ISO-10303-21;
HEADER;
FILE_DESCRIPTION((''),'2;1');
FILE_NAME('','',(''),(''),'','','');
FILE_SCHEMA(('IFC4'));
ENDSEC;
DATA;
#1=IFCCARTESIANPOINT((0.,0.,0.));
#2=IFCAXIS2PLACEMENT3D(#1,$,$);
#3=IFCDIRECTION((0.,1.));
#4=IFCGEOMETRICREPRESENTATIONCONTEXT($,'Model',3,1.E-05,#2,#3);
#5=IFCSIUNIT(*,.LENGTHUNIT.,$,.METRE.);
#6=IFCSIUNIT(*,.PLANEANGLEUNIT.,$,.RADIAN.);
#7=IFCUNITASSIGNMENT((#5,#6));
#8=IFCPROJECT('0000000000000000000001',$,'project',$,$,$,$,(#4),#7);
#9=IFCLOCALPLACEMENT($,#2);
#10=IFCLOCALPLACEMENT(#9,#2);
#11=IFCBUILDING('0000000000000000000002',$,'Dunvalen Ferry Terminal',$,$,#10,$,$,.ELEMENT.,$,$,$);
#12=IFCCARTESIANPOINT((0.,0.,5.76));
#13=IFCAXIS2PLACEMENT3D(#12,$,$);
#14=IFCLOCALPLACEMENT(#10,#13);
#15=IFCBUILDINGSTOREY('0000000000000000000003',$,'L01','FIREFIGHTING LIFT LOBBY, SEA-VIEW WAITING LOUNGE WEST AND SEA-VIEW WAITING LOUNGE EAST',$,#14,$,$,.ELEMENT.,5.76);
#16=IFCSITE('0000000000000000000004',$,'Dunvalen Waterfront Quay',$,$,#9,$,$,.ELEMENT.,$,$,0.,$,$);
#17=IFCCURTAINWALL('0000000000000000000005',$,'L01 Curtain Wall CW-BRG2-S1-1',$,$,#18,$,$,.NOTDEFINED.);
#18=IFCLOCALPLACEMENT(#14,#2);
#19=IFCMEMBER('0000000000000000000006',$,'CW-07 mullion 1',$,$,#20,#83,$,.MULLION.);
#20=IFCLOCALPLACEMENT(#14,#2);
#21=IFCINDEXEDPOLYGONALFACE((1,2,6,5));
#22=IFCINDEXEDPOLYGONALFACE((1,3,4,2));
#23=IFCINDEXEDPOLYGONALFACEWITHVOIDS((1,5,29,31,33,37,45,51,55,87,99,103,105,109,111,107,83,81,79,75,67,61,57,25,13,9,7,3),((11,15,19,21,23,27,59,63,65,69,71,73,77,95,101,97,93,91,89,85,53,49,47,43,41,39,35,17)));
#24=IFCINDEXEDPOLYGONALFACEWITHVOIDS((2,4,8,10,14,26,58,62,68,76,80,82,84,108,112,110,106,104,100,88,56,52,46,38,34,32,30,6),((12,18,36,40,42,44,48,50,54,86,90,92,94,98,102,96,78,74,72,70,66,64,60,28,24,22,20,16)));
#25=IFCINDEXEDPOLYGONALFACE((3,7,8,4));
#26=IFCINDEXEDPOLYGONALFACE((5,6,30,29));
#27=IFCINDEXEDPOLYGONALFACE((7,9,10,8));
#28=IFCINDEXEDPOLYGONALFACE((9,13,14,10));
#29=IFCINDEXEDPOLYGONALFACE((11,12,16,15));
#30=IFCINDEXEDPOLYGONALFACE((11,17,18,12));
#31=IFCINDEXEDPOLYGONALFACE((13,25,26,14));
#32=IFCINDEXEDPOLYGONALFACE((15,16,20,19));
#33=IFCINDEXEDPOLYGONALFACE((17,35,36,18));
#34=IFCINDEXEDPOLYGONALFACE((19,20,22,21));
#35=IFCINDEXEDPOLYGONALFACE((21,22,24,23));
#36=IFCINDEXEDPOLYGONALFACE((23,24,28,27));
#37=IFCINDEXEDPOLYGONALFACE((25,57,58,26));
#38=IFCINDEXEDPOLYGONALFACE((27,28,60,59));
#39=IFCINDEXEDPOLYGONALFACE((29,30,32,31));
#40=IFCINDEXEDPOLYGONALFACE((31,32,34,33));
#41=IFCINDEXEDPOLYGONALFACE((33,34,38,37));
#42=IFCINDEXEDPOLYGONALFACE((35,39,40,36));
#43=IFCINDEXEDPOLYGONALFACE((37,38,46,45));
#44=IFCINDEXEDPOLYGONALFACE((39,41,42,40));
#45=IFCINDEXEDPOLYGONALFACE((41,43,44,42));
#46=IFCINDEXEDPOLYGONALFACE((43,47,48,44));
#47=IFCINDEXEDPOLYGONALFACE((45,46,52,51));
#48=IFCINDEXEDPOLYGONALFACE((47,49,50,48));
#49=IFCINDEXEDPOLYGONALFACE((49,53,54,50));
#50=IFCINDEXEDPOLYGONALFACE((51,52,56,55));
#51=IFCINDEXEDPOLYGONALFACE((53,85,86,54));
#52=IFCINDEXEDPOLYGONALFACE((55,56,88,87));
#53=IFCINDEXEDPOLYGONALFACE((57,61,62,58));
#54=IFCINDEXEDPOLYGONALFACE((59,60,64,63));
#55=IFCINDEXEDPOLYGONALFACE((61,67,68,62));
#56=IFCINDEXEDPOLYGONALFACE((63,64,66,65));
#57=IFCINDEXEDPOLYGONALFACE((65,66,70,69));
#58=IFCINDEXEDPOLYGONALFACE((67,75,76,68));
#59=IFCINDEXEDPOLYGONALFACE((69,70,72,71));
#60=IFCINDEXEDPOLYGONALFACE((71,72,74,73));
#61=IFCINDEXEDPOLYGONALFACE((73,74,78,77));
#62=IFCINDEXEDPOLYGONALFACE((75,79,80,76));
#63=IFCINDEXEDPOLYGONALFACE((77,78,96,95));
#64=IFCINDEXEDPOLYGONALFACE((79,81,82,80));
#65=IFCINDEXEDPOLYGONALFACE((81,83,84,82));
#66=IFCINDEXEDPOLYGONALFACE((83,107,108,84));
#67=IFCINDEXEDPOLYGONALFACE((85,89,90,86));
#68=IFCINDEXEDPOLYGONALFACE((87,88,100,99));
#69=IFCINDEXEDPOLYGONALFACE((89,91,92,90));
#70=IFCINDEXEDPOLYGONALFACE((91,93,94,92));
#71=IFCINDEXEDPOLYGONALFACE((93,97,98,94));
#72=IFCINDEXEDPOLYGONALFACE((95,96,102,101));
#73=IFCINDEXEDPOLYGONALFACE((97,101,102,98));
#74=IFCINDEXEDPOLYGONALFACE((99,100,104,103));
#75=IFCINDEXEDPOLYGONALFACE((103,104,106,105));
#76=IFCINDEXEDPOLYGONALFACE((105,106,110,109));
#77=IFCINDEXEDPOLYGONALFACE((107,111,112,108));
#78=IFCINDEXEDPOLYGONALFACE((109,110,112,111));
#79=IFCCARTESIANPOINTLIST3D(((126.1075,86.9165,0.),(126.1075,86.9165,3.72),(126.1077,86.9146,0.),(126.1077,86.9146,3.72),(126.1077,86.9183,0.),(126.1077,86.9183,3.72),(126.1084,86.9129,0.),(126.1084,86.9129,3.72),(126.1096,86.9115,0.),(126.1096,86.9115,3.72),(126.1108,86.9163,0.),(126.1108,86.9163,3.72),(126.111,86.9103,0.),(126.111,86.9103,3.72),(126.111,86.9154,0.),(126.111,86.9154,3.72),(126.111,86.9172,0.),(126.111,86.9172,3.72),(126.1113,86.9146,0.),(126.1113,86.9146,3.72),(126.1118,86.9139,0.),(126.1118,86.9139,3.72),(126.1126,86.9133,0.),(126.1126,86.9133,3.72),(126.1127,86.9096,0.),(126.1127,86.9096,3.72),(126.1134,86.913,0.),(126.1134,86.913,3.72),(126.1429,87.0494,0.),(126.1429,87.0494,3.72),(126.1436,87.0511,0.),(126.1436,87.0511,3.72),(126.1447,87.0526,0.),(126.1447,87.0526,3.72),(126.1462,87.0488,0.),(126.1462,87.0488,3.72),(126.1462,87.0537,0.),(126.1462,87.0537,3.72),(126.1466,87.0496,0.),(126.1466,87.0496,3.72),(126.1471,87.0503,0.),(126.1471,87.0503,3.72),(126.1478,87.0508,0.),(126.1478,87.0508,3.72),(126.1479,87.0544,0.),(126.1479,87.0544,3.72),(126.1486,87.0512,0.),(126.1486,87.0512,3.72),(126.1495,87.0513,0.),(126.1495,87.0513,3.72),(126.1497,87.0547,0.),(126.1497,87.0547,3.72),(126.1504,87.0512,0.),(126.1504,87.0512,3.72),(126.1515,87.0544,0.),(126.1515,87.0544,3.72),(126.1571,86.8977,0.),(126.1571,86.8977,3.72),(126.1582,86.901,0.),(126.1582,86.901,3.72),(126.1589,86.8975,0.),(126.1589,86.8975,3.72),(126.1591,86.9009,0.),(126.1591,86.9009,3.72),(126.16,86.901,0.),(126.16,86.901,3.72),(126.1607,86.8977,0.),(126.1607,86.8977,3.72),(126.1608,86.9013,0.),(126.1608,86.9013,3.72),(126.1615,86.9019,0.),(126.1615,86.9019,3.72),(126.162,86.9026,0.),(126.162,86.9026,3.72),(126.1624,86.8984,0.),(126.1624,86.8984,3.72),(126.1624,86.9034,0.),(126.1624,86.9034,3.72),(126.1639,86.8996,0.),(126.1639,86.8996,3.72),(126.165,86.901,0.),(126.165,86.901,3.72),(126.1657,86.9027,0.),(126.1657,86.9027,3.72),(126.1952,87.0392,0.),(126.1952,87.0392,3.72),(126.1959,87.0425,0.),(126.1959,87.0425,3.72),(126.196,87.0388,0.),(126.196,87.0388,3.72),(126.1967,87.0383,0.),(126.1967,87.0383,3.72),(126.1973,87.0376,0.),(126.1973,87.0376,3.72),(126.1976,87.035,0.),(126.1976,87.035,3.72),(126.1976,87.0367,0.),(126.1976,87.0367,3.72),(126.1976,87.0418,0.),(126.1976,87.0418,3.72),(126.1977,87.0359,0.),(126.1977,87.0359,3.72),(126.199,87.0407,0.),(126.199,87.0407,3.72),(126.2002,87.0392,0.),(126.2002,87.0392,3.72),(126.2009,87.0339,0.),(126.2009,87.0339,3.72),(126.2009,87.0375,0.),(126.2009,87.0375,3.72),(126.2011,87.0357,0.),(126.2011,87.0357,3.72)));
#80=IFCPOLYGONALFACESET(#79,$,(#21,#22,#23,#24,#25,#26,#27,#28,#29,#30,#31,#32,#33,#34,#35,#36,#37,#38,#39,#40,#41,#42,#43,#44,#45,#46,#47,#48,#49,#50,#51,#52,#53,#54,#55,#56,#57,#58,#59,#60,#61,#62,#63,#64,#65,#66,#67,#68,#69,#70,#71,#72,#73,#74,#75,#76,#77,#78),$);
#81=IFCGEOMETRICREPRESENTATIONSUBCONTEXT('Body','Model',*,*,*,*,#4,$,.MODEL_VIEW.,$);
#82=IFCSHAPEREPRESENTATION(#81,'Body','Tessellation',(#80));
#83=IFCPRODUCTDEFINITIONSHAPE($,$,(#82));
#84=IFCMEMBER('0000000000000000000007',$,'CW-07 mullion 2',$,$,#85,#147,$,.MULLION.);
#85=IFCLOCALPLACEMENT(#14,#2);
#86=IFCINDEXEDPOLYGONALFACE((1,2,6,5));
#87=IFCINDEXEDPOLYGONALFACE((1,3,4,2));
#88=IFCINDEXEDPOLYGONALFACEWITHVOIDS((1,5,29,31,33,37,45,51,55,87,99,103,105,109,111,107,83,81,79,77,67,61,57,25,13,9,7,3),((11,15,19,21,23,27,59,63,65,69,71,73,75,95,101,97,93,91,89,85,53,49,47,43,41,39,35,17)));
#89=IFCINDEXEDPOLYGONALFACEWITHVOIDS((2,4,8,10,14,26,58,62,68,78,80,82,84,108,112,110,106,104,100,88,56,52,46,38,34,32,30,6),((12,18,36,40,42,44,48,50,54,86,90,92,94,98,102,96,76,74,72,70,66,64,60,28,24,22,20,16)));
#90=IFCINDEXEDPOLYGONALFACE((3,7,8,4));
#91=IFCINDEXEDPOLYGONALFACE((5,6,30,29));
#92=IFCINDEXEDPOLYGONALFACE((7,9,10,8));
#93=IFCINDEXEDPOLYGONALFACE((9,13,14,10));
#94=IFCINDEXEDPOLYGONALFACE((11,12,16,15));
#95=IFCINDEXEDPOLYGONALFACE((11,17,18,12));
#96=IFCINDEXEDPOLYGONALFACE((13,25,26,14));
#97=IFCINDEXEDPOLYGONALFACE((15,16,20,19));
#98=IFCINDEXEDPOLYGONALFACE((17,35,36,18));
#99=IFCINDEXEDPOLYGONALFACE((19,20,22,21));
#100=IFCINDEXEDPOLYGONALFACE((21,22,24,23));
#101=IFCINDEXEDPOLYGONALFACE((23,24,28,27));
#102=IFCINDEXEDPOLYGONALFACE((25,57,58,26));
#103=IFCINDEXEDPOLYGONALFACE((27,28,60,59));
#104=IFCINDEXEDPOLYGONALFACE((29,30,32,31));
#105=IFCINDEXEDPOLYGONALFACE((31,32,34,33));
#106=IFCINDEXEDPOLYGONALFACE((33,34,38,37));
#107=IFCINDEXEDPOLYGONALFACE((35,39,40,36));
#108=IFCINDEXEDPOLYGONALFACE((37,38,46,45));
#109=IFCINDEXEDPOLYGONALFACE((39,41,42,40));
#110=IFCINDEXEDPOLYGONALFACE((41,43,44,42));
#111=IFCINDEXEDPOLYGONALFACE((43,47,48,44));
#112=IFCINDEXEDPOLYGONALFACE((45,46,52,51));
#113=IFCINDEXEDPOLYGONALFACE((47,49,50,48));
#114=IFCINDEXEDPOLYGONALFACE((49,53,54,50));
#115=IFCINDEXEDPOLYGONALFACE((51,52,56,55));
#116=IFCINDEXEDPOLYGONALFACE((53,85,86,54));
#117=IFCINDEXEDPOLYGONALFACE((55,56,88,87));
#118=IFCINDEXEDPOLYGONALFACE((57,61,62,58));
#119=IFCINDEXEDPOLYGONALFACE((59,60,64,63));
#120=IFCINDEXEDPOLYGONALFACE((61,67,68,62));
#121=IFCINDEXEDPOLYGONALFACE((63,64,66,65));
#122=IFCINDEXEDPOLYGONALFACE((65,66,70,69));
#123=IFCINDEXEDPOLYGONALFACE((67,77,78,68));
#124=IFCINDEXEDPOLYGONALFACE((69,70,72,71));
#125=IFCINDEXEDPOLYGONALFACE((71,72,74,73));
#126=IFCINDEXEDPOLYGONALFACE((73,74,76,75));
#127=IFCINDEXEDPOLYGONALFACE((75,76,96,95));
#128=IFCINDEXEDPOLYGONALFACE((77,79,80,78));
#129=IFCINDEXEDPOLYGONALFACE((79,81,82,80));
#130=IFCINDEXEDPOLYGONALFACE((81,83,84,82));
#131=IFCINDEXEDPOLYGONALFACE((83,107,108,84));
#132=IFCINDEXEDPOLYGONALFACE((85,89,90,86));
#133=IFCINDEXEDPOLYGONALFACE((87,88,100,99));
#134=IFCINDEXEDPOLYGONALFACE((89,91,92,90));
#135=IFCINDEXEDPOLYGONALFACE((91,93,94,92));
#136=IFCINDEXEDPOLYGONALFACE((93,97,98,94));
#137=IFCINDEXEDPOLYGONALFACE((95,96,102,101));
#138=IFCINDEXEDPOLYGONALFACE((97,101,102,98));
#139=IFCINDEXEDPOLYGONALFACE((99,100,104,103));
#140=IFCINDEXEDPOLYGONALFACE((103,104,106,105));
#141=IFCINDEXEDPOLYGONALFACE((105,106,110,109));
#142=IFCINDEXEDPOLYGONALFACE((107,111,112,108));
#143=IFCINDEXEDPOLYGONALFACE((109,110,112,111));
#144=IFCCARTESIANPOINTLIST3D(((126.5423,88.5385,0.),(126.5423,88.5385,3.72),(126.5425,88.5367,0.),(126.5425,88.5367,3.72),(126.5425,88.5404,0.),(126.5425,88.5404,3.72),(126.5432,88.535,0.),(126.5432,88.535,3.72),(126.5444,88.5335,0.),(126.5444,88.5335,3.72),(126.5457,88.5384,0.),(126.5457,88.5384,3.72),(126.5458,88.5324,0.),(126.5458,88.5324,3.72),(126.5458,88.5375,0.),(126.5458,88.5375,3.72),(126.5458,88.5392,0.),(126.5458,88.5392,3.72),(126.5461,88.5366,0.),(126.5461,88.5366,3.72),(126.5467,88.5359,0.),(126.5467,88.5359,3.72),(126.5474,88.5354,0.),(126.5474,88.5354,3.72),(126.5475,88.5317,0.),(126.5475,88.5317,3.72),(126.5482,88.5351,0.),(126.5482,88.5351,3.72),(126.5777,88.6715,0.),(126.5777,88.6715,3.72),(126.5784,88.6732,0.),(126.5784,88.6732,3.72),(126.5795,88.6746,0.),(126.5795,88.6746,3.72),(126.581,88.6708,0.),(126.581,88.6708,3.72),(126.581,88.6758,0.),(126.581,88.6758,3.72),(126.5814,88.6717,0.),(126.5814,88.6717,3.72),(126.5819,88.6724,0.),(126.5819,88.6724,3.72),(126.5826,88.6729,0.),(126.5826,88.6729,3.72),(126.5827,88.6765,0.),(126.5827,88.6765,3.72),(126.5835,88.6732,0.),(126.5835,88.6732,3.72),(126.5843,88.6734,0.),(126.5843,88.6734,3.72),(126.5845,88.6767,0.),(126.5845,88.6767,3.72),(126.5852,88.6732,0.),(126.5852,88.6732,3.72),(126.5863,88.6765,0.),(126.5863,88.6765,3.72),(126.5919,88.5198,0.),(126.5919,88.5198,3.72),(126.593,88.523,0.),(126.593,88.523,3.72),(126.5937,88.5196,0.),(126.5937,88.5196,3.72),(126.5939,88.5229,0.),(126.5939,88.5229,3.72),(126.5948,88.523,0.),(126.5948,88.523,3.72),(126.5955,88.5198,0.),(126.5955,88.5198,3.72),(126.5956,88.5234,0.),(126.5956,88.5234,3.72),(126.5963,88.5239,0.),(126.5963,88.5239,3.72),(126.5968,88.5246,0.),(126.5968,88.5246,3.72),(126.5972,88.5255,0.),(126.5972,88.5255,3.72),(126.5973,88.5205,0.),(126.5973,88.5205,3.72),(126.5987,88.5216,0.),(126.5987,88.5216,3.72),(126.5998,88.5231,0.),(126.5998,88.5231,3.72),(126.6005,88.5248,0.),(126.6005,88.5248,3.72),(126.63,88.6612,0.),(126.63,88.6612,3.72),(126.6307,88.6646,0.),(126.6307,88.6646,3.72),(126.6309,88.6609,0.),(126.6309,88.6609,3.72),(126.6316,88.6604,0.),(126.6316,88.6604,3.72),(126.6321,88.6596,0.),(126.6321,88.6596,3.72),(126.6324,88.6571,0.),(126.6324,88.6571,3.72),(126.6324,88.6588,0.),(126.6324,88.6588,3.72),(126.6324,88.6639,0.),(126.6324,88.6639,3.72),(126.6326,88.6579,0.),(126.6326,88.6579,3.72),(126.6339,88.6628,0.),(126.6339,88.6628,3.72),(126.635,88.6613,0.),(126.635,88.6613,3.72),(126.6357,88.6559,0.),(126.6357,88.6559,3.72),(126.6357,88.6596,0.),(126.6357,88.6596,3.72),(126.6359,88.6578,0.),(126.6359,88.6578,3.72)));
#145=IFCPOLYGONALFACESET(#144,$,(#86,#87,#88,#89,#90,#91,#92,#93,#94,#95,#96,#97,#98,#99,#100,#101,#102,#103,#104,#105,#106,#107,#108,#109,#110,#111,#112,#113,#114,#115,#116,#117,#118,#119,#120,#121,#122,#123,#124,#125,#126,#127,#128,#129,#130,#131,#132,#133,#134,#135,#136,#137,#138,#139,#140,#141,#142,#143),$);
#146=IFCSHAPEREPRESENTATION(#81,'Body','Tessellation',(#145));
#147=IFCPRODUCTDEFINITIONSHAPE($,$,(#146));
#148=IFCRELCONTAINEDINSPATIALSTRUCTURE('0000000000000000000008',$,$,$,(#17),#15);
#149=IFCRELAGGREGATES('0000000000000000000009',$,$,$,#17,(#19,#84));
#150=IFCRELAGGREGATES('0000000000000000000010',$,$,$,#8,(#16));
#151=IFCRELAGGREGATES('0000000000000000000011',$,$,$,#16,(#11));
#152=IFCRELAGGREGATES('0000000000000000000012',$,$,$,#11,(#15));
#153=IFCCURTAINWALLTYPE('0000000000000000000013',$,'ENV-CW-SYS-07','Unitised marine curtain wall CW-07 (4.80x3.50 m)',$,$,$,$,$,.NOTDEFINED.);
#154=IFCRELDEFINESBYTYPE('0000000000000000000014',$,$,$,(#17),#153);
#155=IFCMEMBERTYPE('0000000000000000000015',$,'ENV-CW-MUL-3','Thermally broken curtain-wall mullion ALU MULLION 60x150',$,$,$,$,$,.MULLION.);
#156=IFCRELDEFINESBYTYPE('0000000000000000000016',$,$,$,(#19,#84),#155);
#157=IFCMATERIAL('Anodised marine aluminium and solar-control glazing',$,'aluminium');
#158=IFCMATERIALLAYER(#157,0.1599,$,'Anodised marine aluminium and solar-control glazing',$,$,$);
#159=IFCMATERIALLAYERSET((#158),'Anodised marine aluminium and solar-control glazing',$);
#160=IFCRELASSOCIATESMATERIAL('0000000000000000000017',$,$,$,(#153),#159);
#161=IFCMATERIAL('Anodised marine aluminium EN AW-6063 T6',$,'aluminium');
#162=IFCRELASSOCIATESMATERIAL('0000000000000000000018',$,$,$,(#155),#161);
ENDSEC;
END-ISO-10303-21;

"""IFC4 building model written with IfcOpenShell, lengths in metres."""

from ifc_helpers import new_model, si_unit, direction, frame, origin, origin_2d, place, context, subcontext, project, spatial, hollow_rectangle, extrude, material, layer, layer_set, material_profile, profile_set, type_object, element, aggregate, save


model = new_model("IFC4")

# Units and contexts
model_context = context("Model", 3, precision=1e-05, world=origin(), true_north=direction((0.0, 1.0)))
body_context = subcontext(model_context, "Body", "Model", "MODEL_VIEW")
ifc_project = project(units=[si_unit("LENGTHUNIT", "METRE"), si_unit("PLANEANGLEUNIT", "RADIAN")], contexts=[model_context])

# Site, building, storey
site_placement = place(None, origin())
site = spatial("IfcSite", under=ifc_project, at=site_placement, Name="Dunvalen Waterfront Quay", CompositionType="ELEMENT", RefElevation=0.0)
building_placement = place(site_placement, origin())
building = spatial("IfcBuilding", under=site, at=building_placement, Name="Dunvalen Ferry Terminal", CompositionType="ELEMENT")
storey_placement = place(building_placement, frame((0.0, 0.0, 5.76)))
storey = spatial("IfcBuildingStorey", under=building, at=storey_placement, Name="L01", Description="FIREFIGHTING LIFT LOBBY, SEA-VIEW WAITING LOUNGE WEST AND SEA-VIEW WAITING LOUNGE EAST", CompositionType="ELEMENT", Elevation=5.76)

# Curtain wall, members
ifc_material_1 = material(Name="Anodised marine aluminium and solar-control glazing", Category="aluminium")
ifc_material_2 = material(Name="Anodised marine aluminium EN AW-6063 T6", Category="aluminium")
ifc_layer_1 = layer(ifc_material_1, 0.1599, Name="Anodised marine aluminium and solar-control glazing")
ifc_layer_set_1 = layer_set([ifc_layer_1], Name="Anodised marine aluminium and solar-control glazing")
curtain_wall_type_1 = type_object("IfcCurtainWallType", Name="ENV-CW-SYS-07", Description="Unitised marine curtain wall CW-07 (4.80x3.50 m)", PredefinedType="NOTDEFINED", material=ifc_layer_set_1)
curtain_wall_1_placement = place(storey_placement, origin())
curtain_wall_1 = element("IfcCurtainWall", 1, at=curtain_wall_1_placement, inside=storey, type_object=curtain_wall_type_1, Name="L01 Curtain Wall CW-BRG2-S1-1", PredefinedType="NOTDEFINED")
ifc_material_profile_1 = material_profile(ifc_material_2, hollow_rectangle(XDim=0.0601, YDim=0.1499, WallThickness=0.0034, InnerFilletRadius=0.0034, OuterFilletRadius=0.0071, at=origin_2d()), Name="Anodised marine aluminium EN AW-6063 T6")
ifc_profile_set_1 = profile_set([ifc_material_profile_1], Name="Anodised marine aluminium EN AW-6063 T6")
member_type_1 = type_object("IfcMemberType", Name="ENV-CW-MUL-3", Description="Thermally broken curtain-wall mullion ALU MULLION 60x150", PredefinedType="MULLION", material=ifc_profile_set_1)
member_1_placement = place(storey_placement, frame((126.1543, 86.9761, 0.0), z_axis=(0.0, 0.0, 1.0), x_axis=(-0.965919, 0.258843, 0.0)))
member_1 = element("IfcMember", 2, at=member_1_placement, type_object=member_type_1, Name="CW-07 mullion 1", PredefinedType="MULLION", context=body_context, shape_type="SweptSolid", body=[
    extrude(hollow_rectangle(XDim=0.0601, YDim=0.1499, WallThickness=0.0034, InnerFilletRadius=0.0034, OuterFilletRadius=0.0071, at=origin_2d()), origin(), (0.0, 0.0, 1.0), 3.72),
])
member_2_placement = place(storey_placement, frame((126.5891, 88.5981, 0.0), z_axis=(0.0, 0.0, 1.0), x_axis=(-0.965919, 0.258843, 0.0)))
member_2 = element("IfcMember", 3, at=member_2_placement, type_object=member_type_1, Name="CW-07 mullion 2", PredefinedType="MULLION", context=body_context, shape_type="SweptSolid", body=[
    extrude(hollow_rectangle(XDim=0.0601, YDim=0.1499, WallThickness=0.0034, InnerFilletRadius=0.0034, OuterFilletRadius=0.0071, at=origin_2d()), origin(), (0.0, 0.0, 1.0), 3.72),
])

aggregate(curtain_wall_1, [member_1, member_2])

save(model, "model.ifc")
